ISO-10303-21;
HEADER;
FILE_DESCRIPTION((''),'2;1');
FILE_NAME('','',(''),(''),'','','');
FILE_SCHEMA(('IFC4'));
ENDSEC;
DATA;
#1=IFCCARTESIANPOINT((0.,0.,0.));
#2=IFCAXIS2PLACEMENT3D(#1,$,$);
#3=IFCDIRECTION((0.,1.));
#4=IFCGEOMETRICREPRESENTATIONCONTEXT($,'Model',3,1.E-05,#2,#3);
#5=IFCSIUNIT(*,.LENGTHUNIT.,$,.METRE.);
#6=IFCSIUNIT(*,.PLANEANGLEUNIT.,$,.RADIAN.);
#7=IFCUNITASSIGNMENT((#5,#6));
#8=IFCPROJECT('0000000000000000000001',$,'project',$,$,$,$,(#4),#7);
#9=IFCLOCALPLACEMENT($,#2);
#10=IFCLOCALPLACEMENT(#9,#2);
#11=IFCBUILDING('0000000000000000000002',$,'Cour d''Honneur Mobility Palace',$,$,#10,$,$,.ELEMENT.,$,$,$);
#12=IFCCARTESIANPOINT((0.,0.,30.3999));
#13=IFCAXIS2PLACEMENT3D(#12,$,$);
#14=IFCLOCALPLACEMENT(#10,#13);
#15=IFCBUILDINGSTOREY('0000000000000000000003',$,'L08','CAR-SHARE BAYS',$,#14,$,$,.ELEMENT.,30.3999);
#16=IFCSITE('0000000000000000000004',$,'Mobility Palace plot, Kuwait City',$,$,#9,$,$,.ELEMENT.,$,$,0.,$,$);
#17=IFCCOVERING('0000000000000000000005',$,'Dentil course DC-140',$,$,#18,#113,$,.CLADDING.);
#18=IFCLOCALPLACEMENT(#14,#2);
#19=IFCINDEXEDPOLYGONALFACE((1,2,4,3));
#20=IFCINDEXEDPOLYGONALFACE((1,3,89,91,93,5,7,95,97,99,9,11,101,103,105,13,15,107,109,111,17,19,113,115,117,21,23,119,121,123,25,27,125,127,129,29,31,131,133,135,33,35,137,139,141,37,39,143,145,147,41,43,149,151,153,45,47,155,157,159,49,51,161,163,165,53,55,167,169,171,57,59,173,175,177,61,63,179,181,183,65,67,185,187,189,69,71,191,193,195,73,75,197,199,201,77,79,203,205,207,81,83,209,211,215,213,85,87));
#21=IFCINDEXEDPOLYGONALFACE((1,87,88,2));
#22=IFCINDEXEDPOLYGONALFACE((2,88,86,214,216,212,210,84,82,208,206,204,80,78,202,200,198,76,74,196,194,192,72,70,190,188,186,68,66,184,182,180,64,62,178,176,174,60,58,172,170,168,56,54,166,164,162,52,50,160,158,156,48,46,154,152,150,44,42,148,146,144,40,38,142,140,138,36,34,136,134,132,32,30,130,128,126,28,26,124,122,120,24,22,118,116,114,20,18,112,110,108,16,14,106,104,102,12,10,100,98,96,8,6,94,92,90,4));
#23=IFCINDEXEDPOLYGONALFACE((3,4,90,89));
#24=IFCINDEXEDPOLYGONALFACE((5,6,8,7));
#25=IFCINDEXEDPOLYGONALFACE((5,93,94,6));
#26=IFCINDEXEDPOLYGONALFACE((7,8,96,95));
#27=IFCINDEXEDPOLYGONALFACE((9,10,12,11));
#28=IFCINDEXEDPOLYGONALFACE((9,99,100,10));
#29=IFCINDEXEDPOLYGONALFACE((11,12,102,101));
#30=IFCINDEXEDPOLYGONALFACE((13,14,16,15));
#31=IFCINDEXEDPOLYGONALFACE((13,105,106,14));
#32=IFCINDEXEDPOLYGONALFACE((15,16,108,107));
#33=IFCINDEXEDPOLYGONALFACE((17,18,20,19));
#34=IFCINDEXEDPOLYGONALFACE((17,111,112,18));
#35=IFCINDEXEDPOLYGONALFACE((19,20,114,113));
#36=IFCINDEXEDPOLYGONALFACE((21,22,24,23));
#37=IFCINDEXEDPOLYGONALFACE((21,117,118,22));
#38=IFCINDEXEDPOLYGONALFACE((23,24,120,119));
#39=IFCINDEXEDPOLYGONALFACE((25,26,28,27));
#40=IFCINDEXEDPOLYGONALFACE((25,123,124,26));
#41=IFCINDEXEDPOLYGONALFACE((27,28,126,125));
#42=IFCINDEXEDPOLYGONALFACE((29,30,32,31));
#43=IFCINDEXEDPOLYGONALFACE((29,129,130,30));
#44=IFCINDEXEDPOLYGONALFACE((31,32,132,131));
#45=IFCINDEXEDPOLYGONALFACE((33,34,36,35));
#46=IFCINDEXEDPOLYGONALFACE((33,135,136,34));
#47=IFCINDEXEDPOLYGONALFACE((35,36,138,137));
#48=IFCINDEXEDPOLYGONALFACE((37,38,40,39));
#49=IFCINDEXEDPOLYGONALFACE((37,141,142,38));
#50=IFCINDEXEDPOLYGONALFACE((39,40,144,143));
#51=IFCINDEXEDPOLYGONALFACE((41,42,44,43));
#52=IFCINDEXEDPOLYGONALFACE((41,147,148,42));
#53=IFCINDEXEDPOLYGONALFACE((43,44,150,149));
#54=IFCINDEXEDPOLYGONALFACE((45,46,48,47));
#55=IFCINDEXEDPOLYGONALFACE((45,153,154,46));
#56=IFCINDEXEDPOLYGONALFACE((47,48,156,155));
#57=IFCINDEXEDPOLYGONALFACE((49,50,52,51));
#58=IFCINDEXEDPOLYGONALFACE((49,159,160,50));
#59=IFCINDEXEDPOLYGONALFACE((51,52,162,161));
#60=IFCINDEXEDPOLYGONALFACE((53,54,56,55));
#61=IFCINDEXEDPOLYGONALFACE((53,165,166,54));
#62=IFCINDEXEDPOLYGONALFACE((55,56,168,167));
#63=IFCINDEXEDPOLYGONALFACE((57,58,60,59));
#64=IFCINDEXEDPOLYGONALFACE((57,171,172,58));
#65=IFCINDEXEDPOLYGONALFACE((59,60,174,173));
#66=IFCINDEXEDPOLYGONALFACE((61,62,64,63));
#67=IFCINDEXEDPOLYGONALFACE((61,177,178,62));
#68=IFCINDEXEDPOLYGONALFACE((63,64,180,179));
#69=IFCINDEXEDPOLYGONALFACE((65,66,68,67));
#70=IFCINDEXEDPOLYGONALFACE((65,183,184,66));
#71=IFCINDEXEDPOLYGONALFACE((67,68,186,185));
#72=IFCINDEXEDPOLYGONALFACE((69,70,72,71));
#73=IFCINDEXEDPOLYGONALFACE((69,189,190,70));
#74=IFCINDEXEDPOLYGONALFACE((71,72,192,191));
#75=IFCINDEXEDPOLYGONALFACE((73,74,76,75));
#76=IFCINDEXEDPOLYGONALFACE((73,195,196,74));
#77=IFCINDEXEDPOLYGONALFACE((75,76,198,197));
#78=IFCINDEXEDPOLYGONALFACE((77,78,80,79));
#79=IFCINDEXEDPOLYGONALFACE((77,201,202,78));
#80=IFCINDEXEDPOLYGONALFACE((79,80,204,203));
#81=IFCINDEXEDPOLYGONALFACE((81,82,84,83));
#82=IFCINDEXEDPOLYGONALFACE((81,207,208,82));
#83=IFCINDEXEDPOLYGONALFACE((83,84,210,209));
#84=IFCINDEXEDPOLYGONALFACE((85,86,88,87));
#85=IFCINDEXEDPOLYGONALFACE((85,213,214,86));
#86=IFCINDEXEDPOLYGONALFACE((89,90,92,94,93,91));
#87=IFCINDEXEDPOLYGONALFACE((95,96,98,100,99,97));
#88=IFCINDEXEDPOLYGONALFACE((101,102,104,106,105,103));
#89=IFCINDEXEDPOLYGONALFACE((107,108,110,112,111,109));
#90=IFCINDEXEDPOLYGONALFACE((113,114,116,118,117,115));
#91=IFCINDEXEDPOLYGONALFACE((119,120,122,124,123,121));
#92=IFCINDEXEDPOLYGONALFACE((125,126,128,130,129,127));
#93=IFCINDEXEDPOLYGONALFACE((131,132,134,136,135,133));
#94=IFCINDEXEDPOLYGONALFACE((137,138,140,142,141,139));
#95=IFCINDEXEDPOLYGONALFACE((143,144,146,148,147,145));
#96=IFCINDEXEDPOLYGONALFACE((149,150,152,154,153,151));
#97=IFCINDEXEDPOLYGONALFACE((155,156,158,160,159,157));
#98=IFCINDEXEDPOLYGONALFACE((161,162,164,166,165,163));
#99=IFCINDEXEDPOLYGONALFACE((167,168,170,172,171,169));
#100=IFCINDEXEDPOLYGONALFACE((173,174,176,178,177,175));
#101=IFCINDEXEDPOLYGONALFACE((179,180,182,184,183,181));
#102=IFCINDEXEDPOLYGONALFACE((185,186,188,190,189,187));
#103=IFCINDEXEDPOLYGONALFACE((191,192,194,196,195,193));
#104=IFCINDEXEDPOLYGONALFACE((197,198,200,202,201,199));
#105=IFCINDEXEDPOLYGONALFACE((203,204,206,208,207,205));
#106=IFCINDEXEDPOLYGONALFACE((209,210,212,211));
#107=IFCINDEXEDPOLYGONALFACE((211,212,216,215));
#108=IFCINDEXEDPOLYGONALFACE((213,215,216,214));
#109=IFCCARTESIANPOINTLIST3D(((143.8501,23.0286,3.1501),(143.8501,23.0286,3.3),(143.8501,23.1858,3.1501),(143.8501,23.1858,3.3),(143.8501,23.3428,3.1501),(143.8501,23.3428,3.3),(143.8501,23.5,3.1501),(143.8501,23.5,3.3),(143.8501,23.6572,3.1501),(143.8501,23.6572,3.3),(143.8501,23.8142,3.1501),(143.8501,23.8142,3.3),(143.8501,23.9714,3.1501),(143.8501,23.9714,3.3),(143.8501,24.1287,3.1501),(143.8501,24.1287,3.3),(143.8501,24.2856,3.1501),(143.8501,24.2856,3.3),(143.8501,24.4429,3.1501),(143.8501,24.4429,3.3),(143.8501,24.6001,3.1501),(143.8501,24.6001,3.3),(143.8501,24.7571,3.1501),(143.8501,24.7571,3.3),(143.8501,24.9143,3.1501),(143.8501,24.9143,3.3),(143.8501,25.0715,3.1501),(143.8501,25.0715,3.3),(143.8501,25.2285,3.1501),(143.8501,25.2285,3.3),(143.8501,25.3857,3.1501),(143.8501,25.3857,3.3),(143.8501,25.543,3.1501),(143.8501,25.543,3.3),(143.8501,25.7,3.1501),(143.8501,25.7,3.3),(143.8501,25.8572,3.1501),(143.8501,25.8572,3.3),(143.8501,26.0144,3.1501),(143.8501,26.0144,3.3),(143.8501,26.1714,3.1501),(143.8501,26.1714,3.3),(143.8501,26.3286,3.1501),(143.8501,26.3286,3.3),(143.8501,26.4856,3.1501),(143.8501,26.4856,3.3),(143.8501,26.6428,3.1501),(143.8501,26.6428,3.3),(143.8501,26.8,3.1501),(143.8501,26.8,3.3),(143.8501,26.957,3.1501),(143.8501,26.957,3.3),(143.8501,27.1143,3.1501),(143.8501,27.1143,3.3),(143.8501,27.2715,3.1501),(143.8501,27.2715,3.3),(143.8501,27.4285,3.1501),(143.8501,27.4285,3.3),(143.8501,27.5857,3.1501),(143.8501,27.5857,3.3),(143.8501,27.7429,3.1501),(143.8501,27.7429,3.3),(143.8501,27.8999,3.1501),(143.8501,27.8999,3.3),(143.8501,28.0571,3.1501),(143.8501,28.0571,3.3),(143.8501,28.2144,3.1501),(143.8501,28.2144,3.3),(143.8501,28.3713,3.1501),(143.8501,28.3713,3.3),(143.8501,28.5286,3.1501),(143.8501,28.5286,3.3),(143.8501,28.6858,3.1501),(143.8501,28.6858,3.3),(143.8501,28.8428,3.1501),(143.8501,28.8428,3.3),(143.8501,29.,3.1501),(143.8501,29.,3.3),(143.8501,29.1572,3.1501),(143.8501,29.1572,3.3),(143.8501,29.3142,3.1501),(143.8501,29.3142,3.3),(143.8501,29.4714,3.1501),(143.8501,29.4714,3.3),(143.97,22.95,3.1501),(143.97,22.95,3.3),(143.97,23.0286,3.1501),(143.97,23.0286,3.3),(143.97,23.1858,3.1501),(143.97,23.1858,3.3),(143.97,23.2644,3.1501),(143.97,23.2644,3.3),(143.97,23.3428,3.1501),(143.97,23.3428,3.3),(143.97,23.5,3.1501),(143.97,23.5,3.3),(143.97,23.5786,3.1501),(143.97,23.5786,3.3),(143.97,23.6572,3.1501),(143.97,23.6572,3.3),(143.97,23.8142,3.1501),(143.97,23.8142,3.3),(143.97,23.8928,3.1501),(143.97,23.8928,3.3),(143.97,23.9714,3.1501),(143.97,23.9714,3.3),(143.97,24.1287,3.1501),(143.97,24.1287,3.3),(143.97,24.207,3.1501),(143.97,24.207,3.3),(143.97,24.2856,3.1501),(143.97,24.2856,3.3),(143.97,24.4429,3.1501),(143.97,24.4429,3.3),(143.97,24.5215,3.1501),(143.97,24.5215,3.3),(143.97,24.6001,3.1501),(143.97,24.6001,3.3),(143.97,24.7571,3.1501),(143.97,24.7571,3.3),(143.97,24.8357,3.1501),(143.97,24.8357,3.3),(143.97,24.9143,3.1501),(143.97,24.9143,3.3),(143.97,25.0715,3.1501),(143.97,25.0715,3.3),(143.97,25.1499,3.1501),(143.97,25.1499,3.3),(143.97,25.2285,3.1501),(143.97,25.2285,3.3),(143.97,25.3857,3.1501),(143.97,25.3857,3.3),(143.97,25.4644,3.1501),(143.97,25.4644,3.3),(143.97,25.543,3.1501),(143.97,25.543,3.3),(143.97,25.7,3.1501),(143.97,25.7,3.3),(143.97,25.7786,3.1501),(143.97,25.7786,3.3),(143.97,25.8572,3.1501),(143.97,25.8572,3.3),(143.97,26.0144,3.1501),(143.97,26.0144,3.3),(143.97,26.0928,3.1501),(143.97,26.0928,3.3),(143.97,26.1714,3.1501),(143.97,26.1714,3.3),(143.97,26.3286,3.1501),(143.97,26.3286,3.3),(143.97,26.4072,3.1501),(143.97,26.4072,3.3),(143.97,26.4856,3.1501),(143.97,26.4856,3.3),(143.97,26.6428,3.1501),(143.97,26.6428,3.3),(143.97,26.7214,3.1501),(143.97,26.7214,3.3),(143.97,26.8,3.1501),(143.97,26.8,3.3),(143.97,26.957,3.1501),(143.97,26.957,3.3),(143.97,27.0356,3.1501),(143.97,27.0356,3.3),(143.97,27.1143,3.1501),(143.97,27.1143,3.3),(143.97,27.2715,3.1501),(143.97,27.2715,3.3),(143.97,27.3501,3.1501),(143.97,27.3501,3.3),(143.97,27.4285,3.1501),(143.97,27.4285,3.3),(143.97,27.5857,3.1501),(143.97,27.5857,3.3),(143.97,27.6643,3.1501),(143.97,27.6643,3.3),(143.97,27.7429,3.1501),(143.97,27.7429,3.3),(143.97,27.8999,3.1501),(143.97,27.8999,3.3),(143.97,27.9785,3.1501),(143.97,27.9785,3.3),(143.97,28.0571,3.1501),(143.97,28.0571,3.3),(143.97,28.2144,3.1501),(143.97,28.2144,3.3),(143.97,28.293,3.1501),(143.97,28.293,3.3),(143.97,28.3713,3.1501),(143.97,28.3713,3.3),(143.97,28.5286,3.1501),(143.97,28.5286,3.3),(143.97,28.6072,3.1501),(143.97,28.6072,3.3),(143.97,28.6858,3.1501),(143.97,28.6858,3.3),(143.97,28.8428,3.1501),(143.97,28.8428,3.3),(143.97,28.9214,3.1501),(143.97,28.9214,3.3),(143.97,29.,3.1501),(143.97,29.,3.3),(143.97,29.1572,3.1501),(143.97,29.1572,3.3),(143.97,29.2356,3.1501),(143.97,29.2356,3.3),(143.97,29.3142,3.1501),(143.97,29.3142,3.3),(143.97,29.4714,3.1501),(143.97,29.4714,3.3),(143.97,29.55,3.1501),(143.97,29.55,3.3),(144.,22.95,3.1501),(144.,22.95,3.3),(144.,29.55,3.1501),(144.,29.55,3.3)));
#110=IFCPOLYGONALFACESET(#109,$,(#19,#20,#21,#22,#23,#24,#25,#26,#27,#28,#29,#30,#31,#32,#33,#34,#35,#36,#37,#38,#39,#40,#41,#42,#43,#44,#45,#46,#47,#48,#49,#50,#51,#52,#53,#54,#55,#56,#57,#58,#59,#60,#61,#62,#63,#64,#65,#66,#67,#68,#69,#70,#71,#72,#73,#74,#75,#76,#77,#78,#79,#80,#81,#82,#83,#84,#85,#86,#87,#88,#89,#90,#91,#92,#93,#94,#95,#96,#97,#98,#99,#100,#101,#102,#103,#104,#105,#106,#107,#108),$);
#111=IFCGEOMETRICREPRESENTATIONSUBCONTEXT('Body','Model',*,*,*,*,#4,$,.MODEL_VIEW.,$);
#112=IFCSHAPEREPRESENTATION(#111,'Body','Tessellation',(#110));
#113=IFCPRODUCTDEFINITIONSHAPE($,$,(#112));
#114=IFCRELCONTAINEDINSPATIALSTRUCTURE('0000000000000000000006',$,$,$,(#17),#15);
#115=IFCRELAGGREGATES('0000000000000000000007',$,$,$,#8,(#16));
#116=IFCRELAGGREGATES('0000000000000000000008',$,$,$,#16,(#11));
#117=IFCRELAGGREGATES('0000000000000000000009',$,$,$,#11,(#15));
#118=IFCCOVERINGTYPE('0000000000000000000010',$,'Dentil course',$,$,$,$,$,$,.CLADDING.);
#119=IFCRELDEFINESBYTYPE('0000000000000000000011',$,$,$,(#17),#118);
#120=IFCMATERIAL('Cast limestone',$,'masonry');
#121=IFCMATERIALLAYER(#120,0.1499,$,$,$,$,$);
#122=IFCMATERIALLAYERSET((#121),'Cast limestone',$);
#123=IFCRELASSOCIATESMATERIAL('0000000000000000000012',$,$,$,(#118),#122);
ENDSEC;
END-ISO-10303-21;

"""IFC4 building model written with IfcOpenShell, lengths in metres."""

from ifc_helpers import new_model, si_unit, direction, frame, origin, place, context, subcontext, project, spatial, polyline, outline, extrude, material, layer, layer_set, type_object, element, save


model = new_model("IFC4")

# Units and contexts
model_context = context("Model", 3, precision=1e-05, world=origin(), true_north=direction((0.0, 1.0)))
body_context = subcontext(model_context, "Body", "Model", "MODEL_VIEW")
ifc_project = project(units=[si_unit("LENGTHUNIT", "METRE"), si_unit("PLANEANGLEUNIT", "RADIAN")], contexts=[model_context])

# Site, building, storey
site_placement = place(None, origin())
site = spatial("IfcSite", under=ifc_project, at=site_placement, Name="Mobility Palace plot, Kuwait City", CompositionType="ELEMENT", RefElevation=0.0)
building_placement = place(site_placement, origin())
building = spatial("IfcBuilding", under=site, at=building_placement, Name="Cour d'Honneur Mobility Palace", CompositionType="ELEMENT")
storey_placement = place(building_placement, frame((0.0, 0.0, 30.3999)))
storey = spatial("IfcBuildingStorey", under=building, at=storey_placement, Name="L08", Description="CAR-SHARE BAYS", CompositionType="ELEMENT", Elevation=30.3999)

# Covering
ifc_material_1 = material(Name="Cast limestone", Category="masonry")
ifc_layer_1 = layer(ifc_material_1, 0.1499)
ifc_layer_set_1 = layer_set([ifc_layer_1], Name="Cast limestone")
covering_type_1 = type_object("IfcCoveringType", Name="Dentil course", PredefinedType="CLADDING", material=ifc_layer_set_1)
covering_1_placement = place(storey_placement, frame((0.0, 0.0, 3.1501)))
element("IfcCovering", 1, at=covering_1_placement, inside=storey, type_object=covering_type_1, Name="Dentil course DC-140", PredefinedType="CLADDING", context=body_context, shape_type="SweptSolid", body=[
    extrude(outline(polyline([(144.0, 29.55), (144.0, 22.95), (143.97, 22.95), (143.97, 22.95), (143.97, 23.0286), (143.8501, 23.0286), (143.8501, 23.1858), (143.97, 23.1858), (143.97, 23.2644), (143.97, 23.2644), (143.97, 23.3428), (143.8501, 23.3428), (143.8501, 23.5), (143.97, 23.5), (143.97, 23.5786), (143.97, 23.5786), (143.97, 23.6572), (143.8501, 23.6572), (143.8501, 23.8142), (143.97, 23.8142), (143.97, 23.8928), (143.97, 23.8928), (143.97, 23.9714), (143.8501, 23.9714), (143.8501, 24.1287), (143.97, 24.1287), (143.97, 24.207), (143.97, 24.207), (143.97, 24.2856), (143.8501, 24.2856), (143.8501, 24.4429), (143.97, 24.4429), (143.97, 24.5215), (143.97, 24.5215), (143.97, 24.6001), (143.8501, 24.6001), (143.8501, 24.7571), (143.97, 24.7571), (143.97, 24.8357), (143.97, 24.8357), (143.97, 24.9143), (143.8501, 24.9143), (143.8501, 25.0715), (143.97, 25.0715), (143.97, 25.1499), (143.97, 25.1499), (143.97, 25.2285), (143.8501, 25.2285), (143.8501, 25.3857), (143.97, 25.3857), (143.97, 25.4644), (143.97, 25.4644), (143.97, 25.543), (143.8501, 25.543), (143.8501, 25.7), (143.97, 25.7), (143.97, 25.7786), (143.97, 25.7786), (143.97, 25.8572), (143.8501, 25.8572), (143.8501, 26.0144), (143.97, 26.0144), (143.97, 26.0928), (143.97, 26.0928), (143.97, 26.1714), (143.8501, 26.1714), (143.8501, 26.3286), (143.97, 26.3286), (143.97, 26.4072), (143.97, 26.4072), (143.97, 26.4856), (143.8501, 26.4856), (143.8501, 26.6428), (143.97, 26.6428), (143.97, 26.7214), (143.97, 26.7214), (143.97, 26.8), (143.8501, 26.8), (143.8501, 26.957), (143.97, 26.957), (143.97, 27.0356), (143.97, 27.0356), (143.97, 27.1143), (143.8501, 27.1143), (143.8501, 27.2715), (143.97, 27.2715), (143.97, 27.3501), (143.97, 27.3501), (143.97, 27.4285), (143.8501, 27.4285), (143.8501, 27.5857), (143.97, 27.5857), (143.97, 27.6643), (143.97, 27.6643), (143.97, 27.7429), (143.8501, 27.7429), (143.8501, 27.8999), (143.97, 27.8999), (143.97, 27.9785), (143.97, 27.9785), (143.97, 28.0571), (143.8501, 28.0571), (143.8501, 28.2144), (143.97, 28.2144), (143.97, 28.293), (143.97, 28.293), (143.97, 28.3713), (143.8501, 28.3713), (143.8501, 28.5286), (143.97, 28.5286), (143.97, 28.6072), (143.97, 28.6072), (143.97, 28.6858), (143.8501, 28.6858), (143.8501, 28.8428), (143.97, 28.8428), (143.97, 28.9214), (143.97, 28.9214), (143.97, 29.0), (143.8501, 29.0), (143.8501, 29.1572), (143.97, 29.1572), (143.97, 29.2356), (143.97, 29.2356), (143.97, 29.3142), (143.8501, 29.3142), (143.8501, 29.4714), (143.97, 29.4714), (143.97, 29.55), (144.0, 29.55)])), origin(), (0.0, 0.0, 1.0), 0.1499),
])

save(model, "model.ifc")
